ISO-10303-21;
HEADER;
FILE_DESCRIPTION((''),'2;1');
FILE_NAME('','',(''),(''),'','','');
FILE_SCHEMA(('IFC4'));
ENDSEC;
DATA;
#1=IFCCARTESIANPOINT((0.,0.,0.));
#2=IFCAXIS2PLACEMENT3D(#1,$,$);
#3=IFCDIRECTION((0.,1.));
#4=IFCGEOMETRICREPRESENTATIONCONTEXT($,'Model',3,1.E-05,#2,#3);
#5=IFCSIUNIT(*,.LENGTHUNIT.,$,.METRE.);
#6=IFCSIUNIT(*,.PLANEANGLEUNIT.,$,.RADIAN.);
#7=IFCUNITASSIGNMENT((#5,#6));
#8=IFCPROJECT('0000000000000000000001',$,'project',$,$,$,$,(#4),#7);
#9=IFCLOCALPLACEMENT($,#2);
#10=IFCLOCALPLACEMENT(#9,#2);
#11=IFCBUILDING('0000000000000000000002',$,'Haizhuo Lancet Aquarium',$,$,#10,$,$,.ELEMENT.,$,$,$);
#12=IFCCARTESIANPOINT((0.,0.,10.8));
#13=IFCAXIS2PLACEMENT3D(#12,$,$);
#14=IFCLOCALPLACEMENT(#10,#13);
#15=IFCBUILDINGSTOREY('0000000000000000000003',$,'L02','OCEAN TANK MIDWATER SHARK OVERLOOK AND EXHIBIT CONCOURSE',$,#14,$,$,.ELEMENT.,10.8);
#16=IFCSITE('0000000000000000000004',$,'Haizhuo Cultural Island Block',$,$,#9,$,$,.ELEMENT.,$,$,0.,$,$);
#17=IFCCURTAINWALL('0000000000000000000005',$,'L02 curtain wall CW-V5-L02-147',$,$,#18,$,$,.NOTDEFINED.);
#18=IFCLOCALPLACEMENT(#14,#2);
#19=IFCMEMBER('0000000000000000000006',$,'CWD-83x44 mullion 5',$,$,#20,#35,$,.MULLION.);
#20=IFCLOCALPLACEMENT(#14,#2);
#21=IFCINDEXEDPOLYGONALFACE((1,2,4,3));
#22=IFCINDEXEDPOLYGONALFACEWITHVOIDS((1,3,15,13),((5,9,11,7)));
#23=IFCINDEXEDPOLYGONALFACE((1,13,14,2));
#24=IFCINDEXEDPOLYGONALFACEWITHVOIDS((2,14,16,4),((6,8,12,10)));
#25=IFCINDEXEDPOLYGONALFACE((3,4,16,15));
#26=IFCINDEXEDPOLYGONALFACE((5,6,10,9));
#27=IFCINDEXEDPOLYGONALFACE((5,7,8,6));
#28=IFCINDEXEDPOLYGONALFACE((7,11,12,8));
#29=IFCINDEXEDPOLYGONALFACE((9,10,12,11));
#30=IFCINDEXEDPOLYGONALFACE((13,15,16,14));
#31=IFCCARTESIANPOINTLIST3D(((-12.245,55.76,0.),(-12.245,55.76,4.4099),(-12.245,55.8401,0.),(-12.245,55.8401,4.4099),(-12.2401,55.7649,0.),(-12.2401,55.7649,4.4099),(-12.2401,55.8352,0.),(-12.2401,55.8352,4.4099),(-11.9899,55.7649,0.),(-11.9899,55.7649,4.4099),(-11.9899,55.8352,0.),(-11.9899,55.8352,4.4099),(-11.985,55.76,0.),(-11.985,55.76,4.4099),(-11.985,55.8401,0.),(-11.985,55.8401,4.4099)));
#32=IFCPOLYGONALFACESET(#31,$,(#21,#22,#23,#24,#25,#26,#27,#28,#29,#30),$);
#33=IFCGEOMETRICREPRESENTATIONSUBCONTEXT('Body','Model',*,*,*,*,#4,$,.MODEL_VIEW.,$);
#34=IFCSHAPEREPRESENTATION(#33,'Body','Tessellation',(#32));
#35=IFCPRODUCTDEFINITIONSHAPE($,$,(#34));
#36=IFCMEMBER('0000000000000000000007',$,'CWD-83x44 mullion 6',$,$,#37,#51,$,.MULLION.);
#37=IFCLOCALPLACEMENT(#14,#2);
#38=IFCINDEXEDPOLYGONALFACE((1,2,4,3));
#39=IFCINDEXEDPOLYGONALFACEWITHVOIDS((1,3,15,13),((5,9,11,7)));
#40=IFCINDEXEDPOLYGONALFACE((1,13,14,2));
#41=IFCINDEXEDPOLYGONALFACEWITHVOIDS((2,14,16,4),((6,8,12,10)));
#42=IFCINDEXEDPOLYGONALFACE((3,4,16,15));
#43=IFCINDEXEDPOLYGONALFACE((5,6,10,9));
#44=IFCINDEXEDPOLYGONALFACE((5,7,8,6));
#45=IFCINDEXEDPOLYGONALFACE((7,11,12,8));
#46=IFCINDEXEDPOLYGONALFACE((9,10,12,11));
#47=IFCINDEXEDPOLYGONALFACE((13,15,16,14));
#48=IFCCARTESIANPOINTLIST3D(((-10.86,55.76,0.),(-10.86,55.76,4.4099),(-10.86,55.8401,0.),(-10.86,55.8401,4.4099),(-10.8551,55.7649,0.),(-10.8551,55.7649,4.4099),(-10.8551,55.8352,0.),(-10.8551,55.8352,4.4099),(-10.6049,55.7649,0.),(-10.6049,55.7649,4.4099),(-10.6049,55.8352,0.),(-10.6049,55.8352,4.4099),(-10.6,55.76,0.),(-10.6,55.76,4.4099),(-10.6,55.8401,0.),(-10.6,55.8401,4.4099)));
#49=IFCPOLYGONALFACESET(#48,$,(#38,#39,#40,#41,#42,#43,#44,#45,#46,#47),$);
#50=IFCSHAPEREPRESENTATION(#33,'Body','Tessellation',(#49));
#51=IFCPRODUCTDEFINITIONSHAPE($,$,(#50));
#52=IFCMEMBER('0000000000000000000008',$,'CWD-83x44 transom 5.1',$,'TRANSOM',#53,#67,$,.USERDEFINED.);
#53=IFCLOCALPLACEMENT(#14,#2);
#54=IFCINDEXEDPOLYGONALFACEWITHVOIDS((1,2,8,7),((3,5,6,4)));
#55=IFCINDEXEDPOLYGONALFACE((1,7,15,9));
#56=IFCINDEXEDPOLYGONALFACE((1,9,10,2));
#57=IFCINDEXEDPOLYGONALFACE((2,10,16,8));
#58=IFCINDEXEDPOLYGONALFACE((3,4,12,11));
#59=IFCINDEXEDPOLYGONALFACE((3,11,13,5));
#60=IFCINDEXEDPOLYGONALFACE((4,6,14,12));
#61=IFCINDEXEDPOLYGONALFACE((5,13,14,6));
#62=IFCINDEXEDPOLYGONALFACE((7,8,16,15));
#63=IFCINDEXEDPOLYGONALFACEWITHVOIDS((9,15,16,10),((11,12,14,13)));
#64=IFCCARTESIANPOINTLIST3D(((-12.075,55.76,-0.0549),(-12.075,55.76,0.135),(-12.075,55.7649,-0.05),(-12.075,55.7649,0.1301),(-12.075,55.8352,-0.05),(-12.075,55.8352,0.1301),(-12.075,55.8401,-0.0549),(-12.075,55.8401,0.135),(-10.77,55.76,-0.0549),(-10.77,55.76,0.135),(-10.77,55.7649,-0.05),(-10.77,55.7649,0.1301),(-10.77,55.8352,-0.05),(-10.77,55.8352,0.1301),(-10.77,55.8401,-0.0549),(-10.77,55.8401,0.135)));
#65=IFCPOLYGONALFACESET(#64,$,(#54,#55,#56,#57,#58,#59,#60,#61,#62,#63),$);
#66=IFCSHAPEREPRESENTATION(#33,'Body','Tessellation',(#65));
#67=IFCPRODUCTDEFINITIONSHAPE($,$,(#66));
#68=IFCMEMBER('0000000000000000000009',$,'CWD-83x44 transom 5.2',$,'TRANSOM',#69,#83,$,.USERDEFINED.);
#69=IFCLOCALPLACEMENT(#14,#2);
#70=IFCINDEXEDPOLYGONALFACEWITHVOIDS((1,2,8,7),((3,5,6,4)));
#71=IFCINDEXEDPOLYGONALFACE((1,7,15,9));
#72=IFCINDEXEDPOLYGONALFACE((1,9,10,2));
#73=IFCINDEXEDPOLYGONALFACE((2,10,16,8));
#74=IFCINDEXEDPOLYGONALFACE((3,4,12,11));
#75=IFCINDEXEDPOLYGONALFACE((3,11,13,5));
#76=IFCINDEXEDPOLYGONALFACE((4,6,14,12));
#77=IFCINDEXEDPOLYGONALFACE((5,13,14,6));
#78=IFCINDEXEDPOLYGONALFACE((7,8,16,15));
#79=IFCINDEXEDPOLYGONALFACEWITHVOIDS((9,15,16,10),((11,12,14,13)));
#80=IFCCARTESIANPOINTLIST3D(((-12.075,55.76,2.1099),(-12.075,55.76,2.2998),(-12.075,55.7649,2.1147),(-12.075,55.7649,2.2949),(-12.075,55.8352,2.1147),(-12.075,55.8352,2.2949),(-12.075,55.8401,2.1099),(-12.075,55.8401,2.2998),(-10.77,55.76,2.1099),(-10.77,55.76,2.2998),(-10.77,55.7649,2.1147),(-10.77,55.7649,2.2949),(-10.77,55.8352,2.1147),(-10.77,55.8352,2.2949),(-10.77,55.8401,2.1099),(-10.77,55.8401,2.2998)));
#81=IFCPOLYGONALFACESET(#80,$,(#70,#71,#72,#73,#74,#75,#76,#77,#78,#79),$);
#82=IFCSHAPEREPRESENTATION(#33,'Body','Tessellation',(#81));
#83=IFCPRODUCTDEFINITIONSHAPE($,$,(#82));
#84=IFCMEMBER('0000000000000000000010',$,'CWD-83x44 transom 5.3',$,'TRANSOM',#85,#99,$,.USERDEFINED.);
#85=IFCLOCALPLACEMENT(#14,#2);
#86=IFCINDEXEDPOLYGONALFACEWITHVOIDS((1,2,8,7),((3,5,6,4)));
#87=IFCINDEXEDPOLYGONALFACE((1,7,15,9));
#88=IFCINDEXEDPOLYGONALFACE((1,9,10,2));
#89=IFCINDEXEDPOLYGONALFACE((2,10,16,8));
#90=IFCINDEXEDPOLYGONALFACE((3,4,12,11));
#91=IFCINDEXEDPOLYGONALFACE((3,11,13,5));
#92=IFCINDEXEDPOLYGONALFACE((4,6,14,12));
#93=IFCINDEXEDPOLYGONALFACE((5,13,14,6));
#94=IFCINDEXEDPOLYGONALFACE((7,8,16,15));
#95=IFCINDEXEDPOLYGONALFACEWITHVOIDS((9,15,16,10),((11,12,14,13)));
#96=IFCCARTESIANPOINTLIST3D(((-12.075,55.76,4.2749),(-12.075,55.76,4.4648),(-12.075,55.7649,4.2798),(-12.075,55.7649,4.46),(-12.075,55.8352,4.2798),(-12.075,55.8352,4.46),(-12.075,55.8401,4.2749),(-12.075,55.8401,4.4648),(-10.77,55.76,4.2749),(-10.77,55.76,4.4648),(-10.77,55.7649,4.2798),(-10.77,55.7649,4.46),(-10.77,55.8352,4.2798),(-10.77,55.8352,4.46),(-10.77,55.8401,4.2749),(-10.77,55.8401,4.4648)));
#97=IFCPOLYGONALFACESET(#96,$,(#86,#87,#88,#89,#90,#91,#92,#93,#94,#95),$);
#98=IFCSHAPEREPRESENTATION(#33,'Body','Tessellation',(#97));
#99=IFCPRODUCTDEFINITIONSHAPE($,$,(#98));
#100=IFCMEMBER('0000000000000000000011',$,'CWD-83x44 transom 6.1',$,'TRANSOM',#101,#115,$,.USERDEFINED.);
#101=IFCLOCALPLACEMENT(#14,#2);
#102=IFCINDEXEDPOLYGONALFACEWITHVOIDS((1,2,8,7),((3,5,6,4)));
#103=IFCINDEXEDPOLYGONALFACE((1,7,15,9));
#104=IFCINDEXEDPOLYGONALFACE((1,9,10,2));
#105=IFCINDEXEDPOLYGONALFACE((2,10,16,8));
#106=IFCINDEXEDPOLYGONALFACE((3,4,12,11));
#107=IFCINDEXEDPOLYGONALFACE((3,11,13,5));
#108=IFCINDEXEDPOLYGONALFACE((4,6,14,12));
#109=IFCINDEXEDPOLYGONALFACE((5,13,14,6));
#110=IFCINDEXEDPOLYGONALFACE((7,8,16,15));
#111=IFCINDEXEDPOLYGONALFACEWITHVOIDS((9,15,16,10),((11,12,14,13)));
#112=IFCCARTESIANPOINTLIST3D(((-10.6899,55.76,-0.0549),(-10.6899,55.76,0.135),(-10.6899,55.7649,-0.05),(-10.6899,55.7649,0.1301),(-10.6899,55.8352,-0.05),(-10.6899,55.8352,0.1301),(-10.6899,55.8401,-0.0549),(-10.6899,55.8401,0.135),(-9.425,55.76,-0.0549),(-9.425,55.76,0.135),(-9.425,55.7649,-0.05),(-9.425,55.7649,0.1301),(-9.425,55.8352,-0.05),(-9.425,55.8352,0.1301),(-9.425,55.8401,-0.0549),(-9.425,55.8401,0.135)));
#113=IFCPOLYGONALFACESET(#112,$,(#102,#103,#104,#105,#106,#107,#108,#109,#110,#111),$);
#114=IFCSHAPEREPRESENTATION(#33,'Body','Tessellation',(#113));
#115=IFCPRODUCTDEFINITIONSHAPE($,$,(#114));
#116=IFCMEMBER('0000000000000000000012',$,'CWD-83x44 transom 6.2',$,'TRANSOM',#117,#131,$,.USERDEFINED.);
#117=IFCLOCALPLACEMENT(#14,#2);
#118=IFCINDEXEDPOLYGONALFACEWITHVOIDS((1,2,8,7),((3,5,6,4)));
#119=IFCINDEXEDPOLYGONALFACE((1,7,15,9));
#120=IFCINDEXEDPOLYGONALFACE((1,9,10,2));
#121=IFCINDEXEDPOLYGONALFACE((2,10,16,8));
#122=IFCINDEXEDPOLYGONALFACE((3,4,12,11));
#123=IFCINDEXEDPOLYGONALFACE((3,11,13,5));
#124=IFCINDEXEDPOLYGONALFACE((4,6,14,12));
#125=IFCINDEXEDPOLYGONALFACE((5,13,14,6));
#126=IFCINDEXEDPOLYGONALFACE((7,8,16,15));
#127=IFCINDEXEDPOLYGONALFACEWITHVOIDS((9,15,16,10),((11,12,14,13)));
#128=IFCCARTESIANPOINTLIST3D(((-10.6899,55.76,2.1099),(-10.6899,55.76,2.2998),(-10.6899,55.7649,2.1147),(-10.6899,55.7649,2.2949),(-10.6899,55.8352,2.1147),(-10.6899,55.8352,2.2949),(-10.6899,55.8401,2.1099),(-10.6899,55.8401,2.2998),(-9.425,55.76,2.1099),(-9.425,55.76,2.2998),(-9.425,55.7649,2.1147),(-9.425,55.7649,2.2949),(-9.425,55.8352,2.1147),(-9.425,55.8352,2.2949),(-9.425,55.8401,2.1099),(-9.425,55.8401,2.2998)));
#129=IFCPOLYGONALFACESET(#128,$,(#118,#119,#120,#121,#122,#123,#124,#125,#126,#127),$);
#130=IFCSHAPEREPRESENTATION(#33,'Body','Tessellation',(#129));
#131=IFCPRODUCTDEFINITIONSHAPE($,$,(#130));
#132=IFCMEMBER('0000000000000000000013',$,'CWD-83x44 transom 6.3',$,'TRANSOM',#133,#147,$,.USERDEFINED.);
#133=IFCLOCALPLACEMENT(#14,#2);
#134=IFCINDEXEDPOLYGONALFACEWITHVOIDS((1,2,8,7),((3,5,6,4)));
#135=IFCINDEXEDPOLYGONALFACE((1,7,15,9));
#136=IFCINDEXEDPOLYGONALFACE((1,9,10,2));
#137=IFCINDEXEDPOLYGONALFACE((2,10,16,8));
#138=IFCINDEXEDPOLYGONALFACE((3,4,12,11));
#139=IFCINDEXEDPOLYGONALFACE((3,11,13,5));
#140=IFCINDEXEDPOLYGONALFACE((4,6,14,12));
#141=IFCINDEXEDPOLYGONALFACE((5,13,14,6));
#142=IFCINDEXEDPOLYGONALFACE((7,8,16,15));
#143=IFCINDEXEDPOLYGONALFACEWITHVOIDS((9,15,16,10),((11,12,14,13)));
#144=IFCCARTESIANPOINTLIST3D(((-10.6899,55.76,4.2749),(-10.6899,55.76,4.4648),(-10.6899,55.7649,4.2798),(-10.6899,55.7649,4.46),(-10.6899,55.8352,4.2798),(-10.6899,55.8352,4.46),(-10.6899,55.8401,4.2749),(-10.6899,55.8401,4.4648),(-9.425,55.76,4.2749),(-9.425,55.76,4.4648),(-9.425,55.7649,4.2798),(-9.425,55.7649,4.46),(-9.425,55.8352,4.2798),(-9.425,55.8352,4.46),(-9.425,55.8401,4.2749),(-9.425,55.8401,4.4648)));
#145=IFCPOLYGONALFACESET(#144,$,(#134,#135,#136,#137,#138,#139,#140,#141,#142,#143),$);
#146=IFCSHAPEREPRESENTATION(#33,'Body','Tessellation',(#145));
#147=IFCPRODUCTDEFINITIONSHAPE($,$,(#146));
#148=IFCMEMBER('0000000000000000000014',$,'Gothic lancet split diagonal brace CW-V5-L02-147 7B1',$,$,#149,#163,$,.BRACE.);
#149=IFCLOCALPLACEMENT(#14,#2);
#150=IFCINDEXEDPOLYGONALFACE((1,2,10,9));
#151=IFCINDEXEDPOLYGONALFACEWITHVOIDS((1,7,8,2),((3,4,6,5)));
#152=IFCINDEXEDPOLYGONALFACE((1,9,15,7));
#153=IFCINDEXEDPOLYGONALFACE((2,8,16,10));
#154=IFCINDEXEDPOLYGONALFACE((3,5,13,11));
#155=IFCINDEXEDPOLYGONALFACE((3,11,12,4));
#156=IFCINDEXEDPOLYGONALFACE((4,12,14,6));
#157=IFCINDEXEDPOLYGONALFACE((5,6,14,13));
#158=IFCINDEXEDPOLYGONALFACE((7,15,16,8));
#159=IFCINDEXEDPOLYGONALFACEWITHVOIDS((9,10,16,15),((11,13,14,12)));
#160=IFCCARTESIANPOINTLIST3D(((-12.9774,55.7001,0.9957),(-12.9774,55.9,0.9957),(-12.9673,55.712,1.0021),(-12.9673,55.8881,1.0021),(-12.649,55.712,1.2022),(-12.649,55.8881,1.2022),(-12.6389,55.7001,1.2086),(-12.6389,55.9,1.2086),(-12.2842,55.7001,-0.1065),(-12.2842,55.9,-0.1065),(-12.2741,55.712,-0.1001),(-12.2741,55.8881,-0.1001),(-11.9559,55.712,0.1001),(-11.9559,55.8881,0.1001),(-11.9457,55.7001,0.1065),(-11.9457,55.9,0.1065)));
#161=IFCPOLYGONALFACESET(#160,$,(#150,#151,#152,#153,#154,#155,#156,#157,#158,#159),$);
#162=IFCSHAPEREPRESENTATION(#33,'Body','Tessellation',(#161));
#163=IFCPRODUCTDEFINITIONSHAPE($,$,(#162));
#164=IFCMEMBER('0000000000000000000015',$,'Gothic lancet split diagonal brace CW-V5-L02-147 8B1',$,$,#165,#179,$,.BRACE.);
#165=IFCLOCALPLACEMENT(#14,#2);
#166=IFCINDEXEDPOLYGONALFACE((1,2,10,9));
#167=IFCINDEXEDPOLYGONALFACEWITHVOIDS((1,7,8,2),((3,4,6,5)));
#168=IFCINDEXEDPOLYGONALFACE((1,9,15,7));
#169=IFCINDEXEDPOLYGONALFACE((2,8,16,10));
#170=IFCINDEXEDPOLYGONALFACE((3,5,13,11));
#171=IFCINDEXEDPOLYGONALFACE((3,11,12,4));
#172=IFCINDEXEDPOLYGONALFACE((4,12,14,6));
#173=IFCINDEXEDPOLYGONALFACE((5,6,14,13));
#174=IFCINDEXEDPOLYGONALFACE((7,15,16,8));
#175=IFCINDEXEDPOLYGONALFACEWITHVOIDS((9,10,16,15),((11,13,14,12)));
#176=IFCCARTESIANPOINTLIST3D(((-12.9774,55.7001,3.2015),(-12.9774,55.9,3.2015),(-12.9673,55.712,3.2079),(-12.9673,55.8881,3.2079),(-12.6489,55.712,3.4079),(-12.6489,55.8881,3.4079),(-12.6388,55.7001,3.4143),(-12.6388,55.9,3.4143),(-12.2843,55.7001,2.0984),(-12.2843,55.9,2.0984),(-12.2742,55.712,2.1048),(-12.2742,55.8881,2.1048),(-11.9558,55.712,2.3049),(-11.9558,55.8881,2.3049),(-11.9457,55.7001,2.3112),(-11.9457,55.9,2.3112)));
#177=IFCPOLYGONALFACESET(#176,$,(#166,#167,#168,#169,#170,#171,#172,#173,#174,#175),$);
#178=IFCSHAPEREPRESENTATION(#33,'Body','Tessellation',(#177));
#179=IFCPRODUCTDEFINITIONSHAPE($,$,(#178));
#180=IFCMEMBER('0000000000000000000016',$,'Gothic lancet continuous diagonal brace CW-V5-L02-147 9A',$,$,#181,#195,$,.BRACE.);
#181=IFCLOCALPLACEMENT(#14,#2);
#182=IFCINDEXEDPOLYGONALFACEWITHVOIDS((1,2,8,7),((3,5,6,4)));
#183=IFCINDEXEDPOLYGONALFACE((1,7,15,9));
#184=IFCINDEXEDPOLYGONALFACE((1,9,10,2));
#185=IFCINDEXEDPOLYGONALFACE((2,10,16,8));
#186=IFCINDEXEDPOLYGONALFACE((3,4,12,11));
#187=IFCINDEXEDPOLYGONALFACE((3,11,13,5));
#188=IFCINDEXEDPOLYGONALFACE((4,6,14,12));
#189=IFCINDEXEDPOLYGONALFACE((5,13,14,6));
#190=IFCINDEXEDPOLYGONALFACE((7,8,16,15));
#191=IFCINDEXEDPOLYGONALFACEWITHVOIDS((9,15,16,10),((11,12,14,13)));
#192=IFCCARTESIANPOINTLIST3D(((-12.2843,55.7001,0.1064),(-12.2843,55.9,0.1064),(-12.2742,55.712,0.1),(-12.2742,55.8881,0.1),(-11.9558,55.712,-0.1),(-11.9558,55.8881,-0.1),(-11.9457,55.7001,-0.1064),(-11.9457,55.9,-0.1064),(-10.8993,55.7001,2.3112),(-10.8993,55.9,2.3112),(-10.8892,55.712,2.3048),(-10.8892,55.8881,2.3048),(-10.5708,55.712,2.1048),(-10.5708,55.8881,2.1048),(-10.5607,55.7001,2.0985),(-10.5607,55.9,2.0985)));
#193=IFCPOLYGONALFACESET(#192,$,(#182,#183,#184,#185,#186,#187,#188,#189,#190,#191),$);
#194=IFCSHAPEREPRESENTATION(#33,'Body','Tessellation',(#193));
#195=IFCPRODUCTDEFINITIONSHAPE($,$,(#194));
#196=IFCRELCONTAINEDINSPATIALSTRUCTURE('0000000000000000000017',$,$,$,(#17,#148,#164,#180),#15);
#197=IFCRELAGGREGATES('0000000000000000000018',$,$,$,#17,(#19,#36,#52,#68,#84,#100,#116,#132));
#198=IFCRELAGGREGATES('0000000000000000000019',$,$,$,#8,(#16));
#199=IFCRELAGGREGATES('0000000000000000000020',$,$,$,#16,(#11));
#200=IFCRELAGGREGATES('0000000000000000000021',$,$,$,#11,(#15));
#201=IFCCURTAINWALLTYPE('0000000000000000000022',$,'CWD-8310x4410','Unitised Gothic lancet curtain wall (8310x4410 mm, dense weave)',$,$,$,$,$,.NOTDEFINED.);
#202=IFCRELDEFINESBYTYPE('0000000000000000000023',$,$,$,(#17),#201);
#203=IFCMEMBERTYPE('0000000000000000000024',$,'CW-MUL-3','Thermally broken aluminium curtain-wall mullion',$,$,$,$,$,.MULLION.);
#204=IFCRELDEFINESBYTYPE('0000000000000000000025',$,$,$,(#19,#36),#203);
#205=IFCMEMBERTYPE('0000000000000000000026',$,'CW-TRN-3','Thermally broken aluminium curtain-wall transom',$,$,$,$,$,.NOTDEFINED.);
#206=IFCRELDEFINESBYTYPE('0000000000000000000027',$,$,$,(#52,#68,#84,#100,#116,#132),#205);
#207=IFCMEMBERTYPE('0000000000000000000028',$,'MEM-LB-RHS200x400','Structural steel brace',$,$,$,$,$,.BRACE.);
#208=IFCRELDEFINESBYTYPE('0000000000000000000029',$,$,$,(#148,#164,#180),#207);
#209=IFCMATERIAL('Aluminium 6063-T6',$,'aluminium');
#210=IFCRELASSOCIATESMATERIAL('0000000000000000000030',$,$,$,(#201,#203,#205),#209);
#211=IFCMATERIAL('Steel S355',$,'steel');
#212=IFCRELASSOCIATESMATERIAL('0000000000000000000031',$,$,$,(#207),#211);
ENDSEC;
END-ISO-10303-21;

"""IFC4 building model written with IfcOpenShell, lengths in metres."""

from ifc_helpers import new_model, si_unit, direction, frame, origin, origin_2d, place, context, subcontext, project, spatial, hollow_rectangle, extrude, material, material_profile, profile_set, type_object, element, aggregate, save


model = new_model("IFC4")

# Units and contexts
model_context = context("Model", 3, precision=1e-05, world=origin(), true_north=direction((0.0, 1.0)))
body_context = subcontext(model_context, "Body", "Model", "MODEL_VIEW")
ifc_project = project(units=[si_unit("LENGTHUNIT", "METRE"), si_unit("PLANEANGLEUNIT", "RADIAN")], contexts=[model_context])

# Site, building, storey
site_placement = place(None, origin())
site = spatial("IfcSite", under=ifc_project, at=site_placement, Name="Haizhuo Cultural Island Block", CompositionType="ELEMENT", RefElevation=0.0)
building_placement = place(site_placement, origin())
building = spatial("IfcBuilding", under=site, at=building_placement, Name="Haizhuo Lancet Aquarium", CompositionType="ELEMENT")
storey_placement = place(building_placement, frame((0.0, 0.0, 10.8)))
storey = spatial("IfcBuildingStorey", under=building, at=storey_placement, Name="L02", Description="OCEAN TANK MIDWATER SHARK OVERLOOK AND EXHIBIT CONCOURSE", CompositionType="ELEMENT", Elevation=10.8)

# Curtain wall, members
ifc_material_1 = material(Name="Aluminium 6063-T6", Category="aluminium")
curtain_wall_type = type_object("IfcCurtainWallType", Name="CWD-8310x4410", Description="Unitised Gothic lancet curtain wall (8310x4410 mm, dense weave)", PredefinedType="NOTDEFINED", material=ifc_material_1)
curtain_wall_placement = place(storey_placement, origin())
curtain_wall = element("IfcCurtainWall", 1, at=curtain_wall_placement, inside=storey, type_object=curtain_wall_type, Name="L02 curtain wall CW-V5-L02-147", PredefinedType="NOTDEFINED")
ifc_material_profile_1 = material_profile(ifc_material_1, hollow_rectangle(XDim=0.0801, YDim=0.26, WallThickness=0.0049, at=origin_2d()), Name="ALU-M 80x260x5")
ifc_profile_set_1 = profile_set([ifc_material_profile_1], Name="Aluminium 6063-T6")
member_type_1 = type_object("IfcMemberType", Name="CW-MUL-3", Description="Thermally broken aluminium curtain-wall mullion", PredefinedType="MULLION", material=ifc_profile_set_1)
member_1_placement = place(storey_placement, frame((-12.115, 55.8, 0.0), z_axis=(0.0, 0.0, 1.0), x_axis=(0.0, 1.0, 0.0)))
member_1 = element("IfcMember", 2, at=member_1_placement, type_object=member_type_1, Name="CWD-83x44 mullion 5", PredefinedType="MULLION", context=body_context, shape_type="SweptSolid", body=[
    extrude(hollow_rectangle(XDim=0.0801, YDim=0.26, WallThickness=0.0049, at=origin_2d()), origin(), (0.0, 0.0, 1.0), 4.4099),
])
member_2_placement = place(storey_placement, frame((-10.73, 55.8, 0.0), z_axis=(0.0, 0.0, 1.0), x_axis=(0.0, 1.0, 0.0)))
member_2 = element("IfcMember", 3, at=member_2_placement, type_object=member_type_1, Name="CWD-83x44 mullion 6", PredefinedType="MULLION", context=body_context, shape_type="SweptSolid", body=[
    extrude(hollow_rectangle(XDim=0.0801, YDim=0.26, WallThickness=0.0049, at=origin_2d()), origin(), (0.0, 0.0, 1.0), 4.4099),
])
ifc_material_profile_2 = material_profile(ifc_material_1, hollow_rectangle(XDim=0.0801, YDim=0.1899, WallThickness=0.0049, at=origin_2d()), Name="ALU-T 80x190x5")
ifc_profile_set_2 = profile_set([ifc_material_profile_2], Name="Aluminium 6063-T6")
member_type_2 = type_object("IfcMemberType", Name="CW-TRN-3", Description="Thermally broken aluminium curtain-wall transom", PredefinedType="NOTDEFINED", material=ifc_profile_set_2)
member_3_placement = place(storey_placement, frame((-12.075, 55.8, 0.04), z_axis=(1.0, 0.0, 0.0), x_axis=(0.0, 1.0, 0.0)))
member_3 = element("IfcMember", 4, at=member_3_placement, type_object=member_type_2, Name="CWD-83x44 transom 5.1", ObjectType="TRANSOM", PredefinedType="USERDEFINED", context=body_context, shape_type="SweptSolid", body=[
    extrude(hollow_rectangle(XDim=0.0801, YDim=0.1899, WallThickness=0.0049, at=origin_2d()), origin(), (0.0, 0.0, 1.0), 1.3049),
])
member_4_placement = place(storey_placement, frame((-12.075, 55.8, 2.2048), z_axis=(1.0, 0.0, 0.0), x_axis=(0.0, 1.0, 0.0)))
member_4 = element("IfcMember", 5, at=member_4_placement, type_object=member_type_2, Name="CWD-83x44 transom 5.2", ObjectType="TRANSOM", PredefinedType="USERDEFINED", context=body_context, shape_type="SweptSolid", body=[
    extrude(hollow_rectangle(XDim=0.0801, YDim=0.1899, WallThickness=0.0049, at=origin_2d()), origin(), (0.0, 0.0, 1.0), 1.3049),
])
member_5_placement = place(storey_placement, frame((-12.075, 55.8, 4.3699), z_axis=(1.0, 0.0, 0.0), x_axis=(0.0, 1.0, 0.0)))
member_5 = element("IfcMember", 6, at=member_5_placement, type_object=member_type_2, Name="CWD-83x44 transom 5.3", ObjectType="TRANSOM", PredefinedType="USERDEFINED", context=body_context, shape_type="SweptSolid", body=[
    extrude(hollow_rectangle(XDim=0.0801, YDim=0.1899, WallThickness=0.0049, at=origin_2d()), origin(), (0.0, 0.0, 1.0), 1.3049),
])
member_6_placement = place(storey_placement, frame((-10.6899, 55.8, 0.04), z_axis=(1.0, 0.0, 0.0), x_axis=(0.0, 1.0, 0.0)))
member_6 = element("IfcMember", 7, at=member_6_placement, type_object=member_type_2, Name="CWD-83x44 transom 6.1", ObjectType="TRANSOM", PredefinedType="USERDEFINED", context=body_context, shape_type="SweptSolid", body=[
    extrude(hollow_rectangle(XDim=0.0801, YDim=0.1899, WallThickness=0.0049, at=origin_2d()), origin(), (0.0, 0.0, 1.0), 1.2649),
])
member_7_placement = place(storey_placement, frame((-10.6899, 55.8, 2.2048), z_axis=(1.0, 0.0, 0.0), x_axis=(0.0, 1.0, 0.0)))
member_7 = element("IfcMember", 8, at=member_7_placement, type_object=member_type_2, Name="CWD-83x44 transom 6.2", ObjectType="TRANSOM", PredefinedType="USERDEFINED", context=body_context, shape_type="SweptSolid", body=[
    extrude(hollow_rectangle(XDim=0.0801, YDim=0.1899, WallThickness=0.0049, at=origin_2d()), origin(), (0.0, 0.0, 1.0), 1.2649),
])
member_8_placement = place(storey_placement, frame((-10.6899, 55.8, 4.3699), z_axis=(1.0, 0.0, 0.0), x_axis=(0.0, 1.0, 0.0)))
member_8 = element("IfcMember", 9, at=member_8_placement, type_object=member_type_2, Name="CWD-83x44 transom 6.3", ObjectType="TRANSOM", PredefinedType="USERDEFINED", context=body_context, shape_type="SweptSolid", body=[
    extrude(hollow_rectangle(XDim=0.0801, YDim=0.1899, WallThickness=0.0049, at=origin_2d()), origin(), (0.0, 0.0, 1.0), 1.2649),
])

# Members
ifc_material_2 = material(Name="Steel S355", Category="steel")
ifc_material_profile_3 = material_profile(ifc_material_2, hollow_rectangle(XDim=0.2, YDim=0.3999, WallThickness=0.012, at=origin_2d()), Name="RHS 200x400x12")
ifc_profile_set_3 = profile_set([ifc_material_profile_3], Name="Steel S355")
member_type_3 = type_object("IfcMemberType", Name="MEM-LB-RHS200x400", Description="Structural steel brace", PredefinedType="BRACE", material=ifc_profile_set_3)
member_9_placement = place(storey_placement, frame((-12.115, 55.8, 0.0), z_axis=(-0.53239, 0.0, 0.846499), x_axis=(0.0, -1.0, 0.0)))
element("IfcMember", 10, at=member_9_placement, inside=storey, type_object=member_type_3, Name="Gothic lancet split diagonal brace CW-V5-L02-147 7B1", PredefinedType="BRACE", context=body_context, shape_type="SweptSolid", body=[
    extrude(hollow_rectangle(XDim=0.2, YDim=0.3999, WallThickness=0.012, at=origin_2d()), origin(), (0.0, 0.0, 1.0), 1.302),
])
member_10_placement = place(storey_placement, frame((-12.115, 55.8, 2.2048), z_axis=(-0.532053, 0.0, 0.846711), x_axis=(0.0, -1.0, 0.0)))
element("IfcMember", 11, at=member_10_placement, inside=storey, type_object=member_type_3, Name="Gothic lancet split diagonal brace CW-V5-L02-147 8B1", PredefinedType="BRACE", context=body_context, shape_type="SweptSolid", body=[
    extrude(hollow_rectangle(XDim=0.2, YDim=0.3999, WallThickness=0.012, at=origin_2d()), origin(), (0.0, 0.0, 1.0), 1.3027),
])
member_11_placement = place(storey_placement, frame((-12.115, 55.8, 0.0), z_axis=(0.531928, 0.0, 0.84679), x_axis=(0.0, 1.0, 0.0)))
element("IfcMember", 12, at=member_11_placement, inside=storey, type_object=member_type_3, Name="Gothic lancet continuous diagonal brace CW-V5-L02-147 9A", PredefinedType="BRACE", context=body_context, shape_type="SweptSolid", body=[
    extrude(hollow_rectangle(XDim=0.2, YDim=0.3999, WallThickness=0.012, at=origin_2d()), origin(), (0.0, 0.0, 1.0), 2.6038),
])

aggregate(curtain_wall, [member_1, member_2, member_3, member_4, member_5, member_6, member_7, member_8])

save(model, "model.ifc")
